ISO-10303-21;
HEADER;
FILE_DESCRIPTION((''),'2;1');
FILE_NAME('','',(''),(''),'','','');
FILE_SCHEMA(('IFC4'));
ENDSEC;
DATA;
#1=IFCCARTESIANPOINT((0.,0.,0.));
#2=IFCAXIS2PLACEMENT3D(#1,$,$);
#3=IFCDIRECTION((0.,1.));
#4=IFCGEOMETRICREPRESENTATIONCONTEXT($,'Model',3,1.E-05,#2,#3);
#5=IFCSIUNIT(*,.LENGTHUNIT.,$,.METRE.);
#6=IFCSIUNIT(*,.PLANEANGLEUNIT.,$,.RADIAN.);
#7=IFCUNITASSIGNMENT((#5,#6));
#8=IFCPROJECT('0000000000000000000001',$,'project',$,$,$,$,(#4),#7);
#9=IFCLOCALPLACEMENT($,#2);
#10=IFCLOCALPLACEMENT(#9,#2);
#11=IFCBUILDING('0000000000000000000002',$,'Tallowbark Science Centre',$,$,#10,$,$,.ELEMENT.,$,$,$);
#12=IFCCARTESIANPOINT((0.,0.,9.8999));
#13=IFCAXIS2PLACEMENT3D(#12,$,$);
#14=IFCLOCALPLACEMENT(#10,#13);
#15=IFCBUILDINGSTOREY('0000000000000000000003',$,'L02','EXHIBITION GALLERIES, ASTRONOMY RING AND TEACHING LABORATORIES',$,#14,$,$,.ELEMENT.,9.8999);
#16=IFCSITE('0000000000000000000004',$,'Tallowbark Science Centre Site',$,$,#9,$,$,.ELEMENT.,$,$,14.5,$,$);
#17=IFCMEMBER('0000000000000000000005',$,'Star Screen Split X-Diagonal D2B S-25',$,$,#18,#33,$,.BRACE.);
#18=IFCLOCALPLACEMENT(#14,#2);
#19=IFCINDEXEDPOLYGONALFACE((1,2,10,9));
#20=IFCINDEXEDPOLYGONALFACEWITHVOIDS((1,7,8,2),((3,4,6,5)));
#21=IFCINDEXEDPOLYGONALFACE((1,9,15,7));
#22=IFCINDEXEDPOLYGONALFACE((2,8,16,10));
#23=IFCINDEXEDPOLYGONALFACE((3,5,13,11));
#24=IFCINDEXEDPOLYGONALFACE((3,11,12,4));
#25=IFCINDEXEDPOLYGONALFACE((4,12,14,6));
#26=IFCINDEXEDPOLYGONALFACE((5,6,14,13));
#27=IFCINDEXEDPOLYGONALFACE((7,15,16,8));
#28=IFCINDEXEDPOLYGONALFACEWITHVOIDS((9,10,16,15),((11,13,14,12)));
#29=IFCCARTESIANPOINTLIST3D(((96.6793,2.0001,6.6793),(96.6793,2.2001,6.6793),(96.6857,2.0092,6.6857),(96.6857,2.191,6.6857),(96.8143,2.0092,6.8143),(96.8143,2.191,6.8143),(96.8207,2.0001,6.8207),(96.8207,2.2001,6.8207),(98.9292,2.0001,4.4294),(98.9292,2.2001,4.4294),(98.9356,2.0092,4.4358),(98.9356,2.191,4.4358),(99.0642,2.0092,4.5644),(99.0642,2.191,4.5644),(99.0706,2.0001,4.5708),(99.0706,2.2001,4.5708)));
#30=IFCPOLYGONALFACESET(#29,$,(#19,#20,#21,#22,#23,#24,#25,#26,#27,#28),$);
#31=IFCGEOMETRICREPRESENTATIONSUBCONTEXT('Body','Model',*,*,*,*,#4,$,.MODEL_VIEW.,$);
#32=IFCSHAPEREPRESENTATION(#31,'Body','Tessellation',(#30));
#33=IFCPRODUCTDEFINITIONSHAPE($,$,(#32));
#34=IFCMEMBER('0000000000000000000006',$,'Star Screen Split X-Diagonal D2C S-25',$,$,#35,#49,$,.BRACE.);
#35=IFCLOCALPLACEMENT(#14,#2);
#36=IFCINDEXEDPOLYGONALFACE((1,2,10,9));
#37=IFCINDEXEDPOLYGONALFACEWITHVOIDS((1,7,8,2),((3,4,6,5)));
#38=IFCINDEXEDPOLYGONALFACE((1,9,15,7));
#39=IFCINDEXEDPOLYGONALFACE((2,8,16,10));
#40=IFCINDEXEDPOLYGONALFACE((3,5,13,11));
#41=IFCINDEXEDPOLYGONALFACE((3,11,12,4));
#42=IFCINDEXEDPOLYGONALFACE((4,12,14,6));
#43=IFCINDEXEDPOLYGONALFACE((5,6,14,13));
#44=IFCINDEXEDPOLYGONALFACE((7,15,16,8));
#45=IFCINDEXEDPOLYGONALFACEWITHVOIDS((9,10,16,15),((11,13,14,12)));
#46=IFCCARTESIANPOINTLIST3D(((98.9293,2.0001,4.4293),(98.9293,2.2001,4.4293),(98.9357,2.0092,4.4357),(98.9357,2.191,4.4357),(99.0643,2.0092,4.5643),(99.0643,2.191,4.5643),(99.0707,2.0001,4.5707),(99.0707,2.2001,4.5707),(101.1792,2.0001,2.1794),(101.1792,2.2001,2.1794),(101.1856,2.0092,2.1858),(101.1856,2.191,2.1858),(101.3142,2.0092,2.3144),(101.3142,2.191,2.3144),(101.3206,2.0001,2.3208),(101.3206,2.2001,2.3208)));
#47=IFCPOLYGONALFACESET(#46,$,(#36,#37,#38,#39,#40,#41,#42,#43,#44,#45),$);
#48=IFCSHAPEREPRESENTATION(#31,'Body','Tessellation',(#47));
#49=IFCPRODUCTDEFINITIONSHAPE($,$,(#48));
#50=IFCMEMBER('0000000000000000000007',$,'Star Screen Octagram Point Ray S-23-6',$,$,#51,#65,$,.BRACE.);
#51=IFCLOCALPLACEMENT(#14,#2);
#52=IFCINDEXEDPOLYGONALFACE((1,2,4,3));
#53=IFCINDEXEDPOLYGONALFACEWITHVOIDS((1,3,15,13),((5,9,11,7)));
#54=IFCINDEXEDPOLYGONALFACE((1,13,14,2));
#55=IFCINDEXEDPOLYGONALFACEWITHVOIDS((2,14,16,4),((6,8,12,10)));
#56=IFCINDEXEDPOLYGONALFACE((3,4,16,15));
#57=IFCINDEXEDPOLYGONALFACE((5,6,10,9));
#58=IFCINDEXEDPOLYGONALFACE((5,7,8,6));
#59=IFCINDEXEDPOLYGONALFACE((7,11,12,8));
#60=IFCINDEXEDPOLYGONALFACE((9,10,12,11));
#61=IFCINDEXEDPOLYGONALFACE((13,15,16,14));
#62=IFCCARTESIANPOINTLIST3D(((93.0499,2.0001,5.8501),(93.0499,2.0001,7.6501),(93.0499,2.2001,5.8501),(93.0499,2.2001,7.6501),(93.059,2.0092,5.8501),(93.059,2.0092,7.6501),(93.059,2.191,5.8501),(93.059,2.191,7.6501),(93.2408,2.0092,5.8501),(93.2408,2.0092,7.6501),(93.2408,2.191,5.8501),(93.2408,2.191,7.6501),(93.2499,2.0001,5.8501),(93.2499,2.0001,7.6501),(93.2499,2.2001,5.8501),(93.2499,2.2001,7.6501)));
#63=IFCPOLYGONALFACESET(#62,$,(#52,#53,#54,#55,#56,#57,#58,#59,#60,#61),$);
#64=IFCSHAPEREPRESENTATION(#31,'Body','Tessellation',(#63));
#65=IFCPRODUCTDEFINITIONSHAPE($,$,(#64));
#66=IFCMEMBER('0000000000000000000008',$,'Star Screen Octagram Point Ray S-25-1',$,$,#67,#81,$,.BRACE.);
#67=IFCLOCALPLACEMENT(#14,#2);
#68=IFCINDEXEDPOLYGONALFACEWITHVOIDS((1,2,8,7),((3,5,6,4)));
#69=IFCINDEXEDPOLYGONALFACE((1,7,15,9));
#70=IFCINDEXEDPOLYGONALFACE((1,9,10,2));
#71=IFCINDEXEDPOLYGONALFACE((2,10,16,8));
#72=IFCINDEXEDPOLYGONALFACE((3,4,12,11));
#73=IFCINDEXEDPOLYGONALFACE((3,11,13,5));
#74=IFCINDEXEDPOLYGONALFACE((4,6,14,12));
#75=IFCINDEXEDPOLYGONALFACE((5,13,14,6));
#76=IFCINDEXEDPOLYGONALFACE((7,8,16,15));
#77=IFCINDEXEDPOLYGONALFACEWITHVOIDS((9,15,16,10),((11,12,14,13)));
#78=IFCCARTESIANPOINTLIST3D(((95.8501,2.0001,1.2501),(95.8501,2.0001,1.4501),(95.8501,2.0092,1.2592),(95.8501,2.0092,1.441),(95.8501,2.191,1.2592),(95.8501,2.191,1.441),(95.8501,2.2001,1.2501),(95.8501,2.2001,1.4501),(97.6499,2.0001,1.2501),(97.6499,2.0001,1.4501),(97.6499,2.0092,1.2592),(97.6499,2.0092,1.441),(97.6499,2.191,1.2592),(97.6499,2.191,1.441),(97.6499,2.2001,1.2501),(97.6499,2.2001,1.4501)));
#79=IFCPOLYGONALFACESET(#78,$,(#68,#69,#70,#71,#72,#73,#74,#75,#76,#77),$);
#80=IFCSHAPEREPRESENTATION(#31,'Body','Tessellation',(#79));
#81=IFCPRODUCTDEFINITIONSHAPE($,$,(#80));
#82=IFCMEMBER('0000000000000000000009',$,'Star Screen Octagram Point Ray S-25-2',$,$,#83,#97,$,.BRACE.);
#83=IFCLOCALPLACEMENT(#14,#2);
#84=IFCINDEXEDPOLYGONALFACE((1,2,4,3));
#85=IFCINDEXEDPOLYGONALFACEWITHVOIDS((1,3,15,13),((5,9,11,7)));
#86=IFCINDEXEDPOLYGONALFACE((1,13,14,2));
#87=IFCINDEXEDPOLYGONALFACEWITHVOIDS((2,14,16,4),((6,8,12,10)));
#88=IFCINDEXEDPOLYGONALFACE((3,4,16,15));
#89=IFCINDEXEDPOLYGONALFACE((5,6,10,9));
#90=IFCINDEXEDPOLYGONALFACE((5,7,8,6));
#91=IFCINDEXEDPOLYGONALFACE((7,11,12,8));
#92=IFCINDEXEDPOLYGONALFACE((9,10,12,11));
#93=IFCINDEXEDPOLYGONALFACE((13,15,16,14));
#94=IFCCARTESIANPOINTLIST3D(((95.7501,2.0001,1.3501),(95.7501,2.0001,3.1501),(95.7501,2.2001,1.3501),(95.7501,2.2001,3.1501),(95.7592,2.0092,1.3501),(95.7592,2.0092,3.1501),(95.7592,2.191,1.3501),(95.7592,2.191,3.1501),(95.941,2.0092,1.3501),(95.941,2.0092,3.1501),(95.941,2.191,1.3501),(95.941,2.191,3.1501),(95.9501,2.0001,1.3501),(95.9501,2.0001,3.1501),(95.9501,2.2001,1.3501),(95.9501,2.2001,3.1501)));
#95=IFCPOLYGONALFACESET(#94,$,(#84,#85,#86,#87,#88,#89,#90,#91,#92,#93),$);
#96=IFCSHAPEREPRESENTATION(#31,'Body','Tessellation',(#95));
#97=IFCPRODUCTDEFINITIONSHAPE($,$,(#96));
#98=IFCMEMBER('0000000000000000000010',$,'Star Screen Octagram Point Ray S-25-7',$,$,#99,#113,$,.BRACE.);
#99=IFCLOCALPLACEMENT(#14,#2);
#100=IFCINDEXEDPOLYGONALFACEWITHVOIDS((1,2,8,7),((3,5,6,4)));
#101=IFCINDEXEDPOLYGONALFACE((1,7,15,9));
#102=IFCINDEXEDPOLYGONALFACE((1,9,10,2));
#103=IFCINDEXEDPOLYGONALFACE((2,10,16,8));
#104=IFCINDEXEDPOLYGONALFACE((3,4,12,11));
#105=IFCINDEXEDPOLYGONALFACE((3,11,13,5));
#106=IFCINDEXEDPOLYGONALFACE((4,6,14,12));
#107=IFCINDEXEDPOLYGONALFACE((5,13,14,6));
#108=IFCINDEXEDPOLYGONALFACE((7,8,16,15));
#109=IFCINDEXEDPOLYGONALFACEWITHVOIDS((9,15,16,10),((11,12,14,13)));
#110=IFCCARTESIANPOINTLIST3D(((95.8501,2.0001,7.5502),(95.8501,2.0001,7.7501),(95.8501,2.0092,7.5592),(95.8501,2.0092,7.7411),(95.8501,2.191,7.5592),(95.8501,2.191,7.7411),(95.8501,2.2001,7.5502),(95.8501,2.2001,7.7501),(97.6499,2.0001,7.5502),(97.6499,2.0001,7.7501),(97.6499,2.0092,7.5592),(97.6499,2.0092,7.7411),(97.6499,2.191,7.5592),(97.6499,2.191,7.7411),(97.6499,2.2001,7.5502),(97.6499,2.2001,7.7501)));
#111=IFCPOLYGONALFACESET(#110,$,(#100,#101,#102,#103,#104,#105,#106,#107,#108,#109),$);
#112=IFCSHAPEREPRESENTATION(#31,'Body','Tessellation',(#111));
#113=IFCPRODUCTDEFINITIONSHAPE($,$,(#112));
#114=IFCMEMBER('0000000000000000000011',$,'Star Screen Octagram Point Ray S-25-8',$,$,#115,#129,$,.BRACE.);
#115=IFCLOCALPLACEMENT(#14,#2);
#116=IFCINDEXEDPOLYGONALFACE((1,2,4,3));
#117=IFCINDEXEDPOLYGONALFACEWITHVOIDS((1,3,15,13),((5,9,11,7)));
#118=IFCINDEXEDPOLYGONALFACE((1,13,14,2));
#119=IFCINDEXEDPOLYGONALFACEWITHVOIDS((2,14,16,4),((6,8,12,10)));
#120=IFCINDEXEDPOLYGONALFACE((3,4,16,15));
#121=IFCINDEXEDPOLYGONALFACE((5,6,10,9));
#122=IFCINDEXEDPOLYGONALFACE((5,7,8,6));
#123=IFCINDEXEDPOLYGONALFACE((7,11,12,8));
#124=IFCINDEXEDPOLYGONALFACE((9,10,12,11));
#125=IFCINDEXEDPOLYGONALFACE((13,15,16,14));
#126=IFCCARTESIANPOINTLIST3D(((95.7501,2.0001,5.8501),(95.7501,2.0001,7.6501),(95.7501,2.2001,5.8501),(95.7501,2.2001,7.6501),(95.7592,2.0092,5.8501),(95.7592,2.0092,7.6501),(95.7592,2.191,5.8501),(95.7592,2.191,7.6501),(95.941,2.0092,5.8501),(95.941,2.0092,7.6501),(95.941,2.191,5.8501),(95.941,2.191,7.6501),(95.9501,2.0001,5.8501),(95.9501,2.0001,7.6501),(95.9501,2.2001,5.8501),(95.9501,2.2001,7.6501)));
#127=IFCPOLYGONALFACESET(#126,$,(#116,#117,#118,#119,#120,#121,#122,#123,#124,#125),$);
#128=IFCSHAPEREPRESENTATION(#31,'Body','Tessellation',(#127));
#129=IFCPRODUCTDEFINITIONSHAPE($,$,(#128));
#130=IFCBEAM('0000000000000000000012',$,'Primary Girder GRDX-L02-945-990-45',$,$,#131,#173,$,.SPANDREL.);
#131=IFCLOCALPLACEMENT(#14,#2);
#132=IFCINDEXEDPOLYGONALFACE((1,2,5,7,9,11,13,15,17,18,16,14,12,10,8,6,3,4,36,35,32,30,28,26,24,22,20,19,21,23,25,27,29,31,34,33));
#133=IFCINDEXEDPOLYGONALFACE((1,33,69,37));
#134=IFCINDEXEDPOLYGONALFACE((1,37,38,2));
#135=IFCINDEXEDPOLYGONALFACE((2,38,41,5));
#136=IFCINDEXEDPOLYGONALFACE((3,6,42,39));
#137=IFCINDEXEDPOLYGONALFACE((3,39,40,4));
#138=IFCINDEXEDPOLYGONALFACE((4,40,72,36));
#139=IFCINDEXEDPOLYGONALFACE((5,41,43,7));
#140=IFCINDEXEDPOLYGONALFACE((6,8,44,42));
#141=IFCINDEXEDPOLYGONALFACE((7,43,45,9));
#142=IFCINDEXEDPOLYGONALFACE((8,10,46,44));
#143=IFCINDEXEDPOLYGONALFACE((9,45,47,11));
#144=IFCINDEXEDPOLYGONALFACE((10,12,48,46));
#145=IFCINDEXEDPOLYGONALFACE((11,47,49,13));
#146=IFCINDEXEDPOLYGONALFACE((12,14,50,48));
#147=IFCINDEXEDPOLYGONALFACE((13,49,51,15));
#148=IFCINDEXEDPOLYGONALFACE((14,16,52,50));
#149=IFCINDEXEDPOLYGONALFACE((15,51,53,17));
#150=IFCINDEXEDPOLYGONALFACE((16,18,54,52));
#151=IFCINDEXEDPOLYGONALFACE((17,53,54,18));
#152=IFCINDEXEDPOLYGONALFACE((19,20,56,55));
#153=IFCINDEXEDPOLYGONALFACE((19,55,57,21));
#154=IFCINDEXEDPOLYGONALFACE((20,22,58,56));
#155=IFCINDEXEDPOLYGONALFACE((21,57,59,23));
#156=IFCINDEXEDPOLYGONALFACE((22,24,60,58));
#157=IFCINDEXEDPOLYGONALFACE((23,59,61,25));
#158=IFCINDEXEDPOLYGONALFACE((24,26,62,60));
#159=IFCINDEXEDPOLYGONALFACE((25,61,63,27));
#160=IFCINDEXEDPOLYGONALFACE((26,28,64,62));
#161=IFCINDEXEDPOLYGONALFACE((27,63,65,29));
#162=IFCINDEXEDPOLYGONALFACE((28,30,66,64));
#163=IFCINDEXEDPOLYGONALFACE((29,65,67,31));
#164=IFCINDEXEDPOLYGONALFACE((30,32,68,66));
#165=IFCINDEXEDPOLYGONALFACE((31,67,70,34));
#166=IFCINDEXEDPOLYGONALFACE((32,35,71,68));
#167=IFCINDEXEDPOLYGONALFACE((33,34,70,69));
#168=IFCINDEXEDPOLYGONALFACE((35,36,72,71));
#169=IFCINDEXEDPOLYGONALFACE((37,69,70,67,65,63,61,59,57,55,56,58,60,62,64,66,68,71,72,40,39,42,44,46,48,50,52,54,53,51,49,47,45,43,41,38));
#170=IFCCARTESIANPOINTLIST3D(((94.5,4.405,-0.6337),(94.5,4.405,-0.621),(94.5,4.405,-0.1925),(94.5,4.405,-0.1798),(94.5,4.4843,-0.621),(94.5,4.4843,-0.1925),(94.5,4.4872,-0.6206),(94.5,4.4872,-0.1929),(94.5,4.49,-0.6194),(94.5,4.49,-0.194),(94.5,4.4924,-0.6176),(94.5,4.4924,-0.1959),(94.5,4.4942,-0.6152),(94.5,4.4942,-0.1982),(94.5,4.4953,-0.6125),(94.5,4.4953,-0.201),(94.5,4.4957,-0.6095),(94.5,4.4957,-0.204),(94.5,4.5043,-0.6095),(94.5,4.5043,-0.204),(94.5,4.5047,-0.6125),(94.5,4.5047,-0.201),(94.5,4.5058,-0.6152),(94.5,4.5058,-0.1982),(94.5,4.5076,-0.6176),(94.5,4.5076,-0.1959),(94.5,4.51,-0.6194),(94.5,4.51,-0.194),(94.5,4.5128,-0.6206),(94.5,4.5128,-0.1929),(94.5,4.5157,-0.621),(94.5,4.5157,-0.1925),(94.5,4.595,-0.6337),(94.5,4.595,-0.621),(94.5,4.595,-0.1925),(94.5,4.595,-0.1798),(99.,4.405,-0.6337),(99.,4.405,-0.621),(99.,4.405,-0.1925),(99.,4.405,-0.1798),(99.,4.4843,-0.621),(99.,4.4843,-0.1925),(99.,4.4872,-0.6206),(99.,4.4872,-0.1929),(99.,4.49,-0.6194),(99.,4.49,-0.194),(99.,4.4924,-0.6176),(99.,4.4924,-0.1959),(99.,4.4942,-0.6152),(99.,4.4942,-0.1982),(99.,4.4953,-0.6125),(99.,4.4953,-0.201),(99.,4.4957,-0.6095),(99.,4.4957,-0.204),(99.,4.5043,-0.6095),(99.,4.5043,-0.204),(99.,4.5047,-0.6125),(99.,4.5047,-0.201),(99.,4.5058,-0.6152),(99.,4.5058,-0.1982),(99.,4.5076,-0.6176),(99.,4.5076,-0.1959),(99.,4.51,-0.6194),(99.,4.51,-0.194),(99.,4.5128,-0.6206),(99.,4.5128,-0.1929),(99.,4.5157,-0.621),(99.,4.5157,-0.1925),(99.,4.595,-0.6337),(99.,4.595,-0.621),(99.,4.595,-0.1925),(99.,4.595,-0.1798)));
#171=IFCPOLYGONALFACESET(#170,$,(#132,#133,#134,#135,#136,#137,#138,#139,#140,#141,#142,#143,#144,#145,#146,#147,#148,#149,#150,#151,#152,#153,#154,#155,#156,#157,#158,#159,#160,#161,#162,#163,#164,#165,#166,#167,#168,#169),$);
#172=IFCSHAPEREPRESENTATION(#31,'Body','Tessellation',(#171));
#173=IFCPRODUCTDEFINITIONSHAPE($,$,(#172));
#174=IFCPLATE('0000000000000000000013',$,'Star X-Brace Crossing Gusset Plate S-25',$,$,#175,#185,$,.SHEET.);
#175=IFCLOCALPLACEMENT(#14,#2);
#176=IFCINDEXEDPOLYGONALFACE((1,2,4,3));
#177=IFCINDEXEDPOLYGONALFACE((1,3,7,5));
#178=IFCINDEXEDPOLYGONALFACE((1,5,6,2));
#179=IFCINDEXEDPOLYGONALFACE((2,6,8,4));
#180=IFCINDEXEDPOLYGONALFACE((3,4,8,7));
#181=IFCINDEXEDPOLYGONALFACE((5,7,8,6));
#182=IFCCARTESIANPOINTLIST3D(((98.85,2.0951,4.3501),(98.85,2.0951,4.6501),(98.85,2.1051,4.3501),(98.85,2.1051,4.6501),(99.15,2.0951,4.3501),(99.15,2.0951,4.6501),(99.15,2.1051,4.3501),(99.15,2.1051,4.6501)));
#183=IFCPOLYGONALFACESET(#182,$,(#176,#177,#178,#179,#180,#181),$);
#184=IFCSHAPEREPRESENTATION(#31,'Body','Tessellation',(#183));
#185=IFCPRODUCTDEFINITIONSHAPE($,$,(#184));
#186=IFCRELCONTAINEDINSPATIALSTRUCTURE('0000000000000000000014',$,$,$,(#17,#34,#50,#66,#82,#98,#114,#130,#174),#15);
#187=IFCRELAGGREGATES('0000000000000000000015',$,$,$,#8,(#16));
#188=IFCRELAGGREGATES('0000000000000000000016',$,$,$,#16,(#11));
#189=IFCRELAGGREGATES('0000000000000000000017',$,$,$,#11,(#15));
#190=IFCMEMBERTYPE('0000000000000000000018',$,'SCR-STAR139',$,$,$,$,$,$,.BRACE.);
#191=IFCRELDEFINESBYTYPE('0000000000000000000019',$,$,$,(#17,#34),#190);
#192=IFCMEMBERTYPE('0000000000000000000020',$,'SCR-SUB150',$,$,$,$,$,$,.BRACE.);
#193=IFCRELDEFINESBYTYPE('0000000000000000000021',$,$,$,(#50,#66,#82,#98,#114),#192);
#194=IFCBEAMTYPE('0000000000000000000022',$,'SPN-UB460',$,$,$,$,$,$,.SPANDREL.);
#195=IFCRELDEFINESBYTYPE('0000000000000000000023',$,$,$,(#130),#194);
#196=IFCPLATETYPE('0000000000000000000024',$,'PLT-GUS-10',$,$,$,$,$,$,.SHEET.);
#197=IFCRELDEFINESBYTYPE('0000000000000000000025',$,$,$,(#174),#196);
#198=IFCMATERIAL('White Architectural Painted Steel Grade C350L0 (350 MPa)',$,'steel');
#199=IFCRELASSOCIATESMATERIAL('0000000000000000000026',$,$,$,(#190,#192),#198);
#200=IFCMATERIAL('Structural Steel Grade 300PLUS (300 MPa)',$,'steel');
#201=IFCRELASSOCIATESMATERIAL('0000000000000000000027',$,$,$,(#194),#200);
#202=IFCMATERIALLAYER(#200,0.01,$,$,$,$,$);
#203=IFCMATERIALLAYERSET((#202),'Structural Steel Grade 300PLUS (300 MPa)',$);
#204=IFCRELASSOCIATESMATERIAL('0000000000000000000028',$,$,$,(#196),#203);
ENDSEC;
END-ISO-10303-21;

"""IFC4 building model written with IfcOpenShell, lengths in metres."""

from ifc_helpers import new_model, si_unit, direction, frame, origin, origin_2d, place, context, subcontext, project, spatial, rectangle, hollow_rectangle, i_section, extrude, material, layer, layer_set, material_profile, profile_set, type_object, element, save


model = new_model("IFC4")

# Units and contexts
model_context = context("Model", 3, precision=1e-05, world=origin(), true_north=direction((0.0, 1.0)))
body_context = subcontext(model_context, "Body", "Model", "MODEL_VIEW")
ifc_project = project(units=[si_unit("LENGTHUNIT", "METRE"), si_unit("PLANEANGLEUNIT", "RADIAN")], contexts=[model_context])

# Site, building, storey
site_placement = place(None, origin())
site = spatial("IfcSite", under=ifc_project, at=site_placement, Name="Tallowbark Science Centre Site", CompositionType="ELEMENT", RefElevation=14.5)
building_placement = place(site_placement, origin())
building = spatial("IfcBuilding", under=site, at=building_placement, Name="Tallowbark Science Centre", CompositionType="ELEMENT")
storey_placement = place(building_placement, frame((0.0, 0.0, 9.8999)))
storey = spatial("IfcBuildingStorey", under=building, at=storey_placement, Name="L02", Description="EXHIBITION GALLERIES, ASTRONOMY RING AND TEACHING LABORATORIES", CompositionType="ELEMENT", Elevation=9.8999)

# Shared definitions
ifc_material_1 = material(Name="White Architectural Painted Steel Grade C350L0 (350 MPa)", Category="steel")
ifc_material_2 = material(Name="Structural Steel Grade 300PLUS (300 MPa)", Category="steel")

# Members
ifc_material_profile_1 = material_profile(ifc_material_1, hollow_rectangle(XDim=0.2, YDim=0.2, WallThickness=0.009, at=origin_2d()), Name="200x200x9.0SHS")
ifc_profile_set_1 = profile_set([ifc_material_profile_1], Name="White Architectural Painted Steel Grade C350L0 (350 MPa)")
member_type_1 = type_object("IfcMemberType", Name="SCR-STAR139", PredefinedType="BRACE", material=ifc_profile_set_1)
for number, where, z_axis, x_axis, name in (
    (1, (96.75, 2.1001, 6.75), (0.707107, 0.0, -0.707107), (0.0, 1.0, 0.0), "Star Screen Split X-Diagonal D2B S-25"),
    (2, (99.0, 2.1001, 4.5), (0.707107, 0.0, -0.707107), (0.0, 1.0, 0.0), "Star Screen Split X-Diagonal D2C S-25"),
):
    element("IfcMember", number, at=place(storey_placement, frame(where, z_axis=z_axis, x_axis=x_axis)), inside=storey, type_object=member_type_1, Name=name, PredefinedType="BRACE", context=body_context, shape_type="SweptSolid", body=[
        extrude(hollow_rectangle(XDim=0.2, YDim=0.2, WallThickness=0.009, at=origin_2d()), origin(), (0.0, 0.0, 1.0), 3.1819),
    ])
ifc_material_profile_2 = material_profile(ifc_material_1, hollow_rectangle(XDim=0.2, YDim=0.2, WallThickness=0.009, at=origin_2d()), Name="200x200x9.0SHS")
ifc_profile_set_2 = profile_set([ifc_material_profile_2], Name="White Architectural Painted Steel Grade C350L0 (350 MPa)")
member_type_2 = type_object("IfcMemberType", Name="SCR-SUB150", PredefinedType="BRACE", material=ifc_profile_set_2)
member_1_placement = place(storey_placement, frame((93.1499, 2.1001, 7.6501), z_axis=(0.0, 0.0, -1.0), x_axis=(1.0, 0.0, 0.0)))
element("IfcMember", 3, at=member_1_placement, inside=storey, type_object=member_type_2, Name="Star Screen Octagram Point Ray S-23-6", PredefinedType="BRACE", context=body_context, shape_type="SweptSolid", body=[
    extrude(hollow_rectangle(XDim=0.2, YDim=0.2, WallThickness=0.009, at=origin_2d()), origin(), (0.0, 0.0, 1.0), 1.8),
])
member_2_placement = place(storey_placement, frame((95.8501, 2.1001, 1.3501), z_axis=(1.0, 0.0, 0.0), x_axis=(0.0, 1.0, 0.0)))
element("IfcMember", 4, at=member_2_placement, inside=storey, type_object=member_type_2, Name="Star Screen Octagram Point Ray S-25-1", PredefinedType="BRACE", context=body_context, shape_type="SweptSolid", body=[
    extrude(hollow_rectangle(XDim=0.2, YDim=0.2, WallThickness=0.009, at=origin_2d()), origin(), (0.0, 0.0, 1.0), 1.7998),
])
member_3_placement = place(storey_placement, frame((95.8501, 2.1001, 1.3501), z_axis=(0.0, 0.0, 1.0), x_axis=(1.0, 0.0, 0.0)))
element("IfcMember", 5, at=member_3_placement, inside=storey, type_object=member_type_2, Name="Star Screen Octagram Point Ray S-25-2", PredefinedType="BRACE", context=body_context, shape_type="SweptSolid", body=[
    extrude(hollow_rectangle(XDim=0.2, YDim=0.2, WallThickness=0.009, at=origin_2d()), origin(), (0.0, 0.0, 1.0), 1.8),
])
member_4_placement = place(storey_placement, frame((95.8501, 2.1001, 7.6501), z_axis=(1.0, 0.0, 0.0), x_axis=(0.0, 1.0, 0.0)))
element("IfcMember", 6, at=member_4_placement, inside=storey, type_object=member_type_2, Name="Star Screen Octagram Point Ray S-25-7", PredefinedType="BRACE", context=body_context, shape_type="SweptSolid", body=[
    extrude(hollow_rectangle(XDim=0.2, YDim=0.2, WallThickness=0.009, at=origin_2d()), origin(), (0.0, 0.0, 1.0), 1.7998),
])
member_5_placement = place(storey_placement, frame((95.8501, 2.1001, 7.6501), z_axis=(0.0, 0.0, -1.0), x_axis=(1.0, 0.0, 0.0)))
element("IfcMember", 7, at=member_5_placement, inside=storey, type_object=member_type_2, Name="Star Screen Octagram Point Ray S-25-8", PredefinedType="BRACE", context=body_context, shape_type="SweptSolid", body=[
    extrude(hollow_rectangle(XDim=0.2, YDim=0.2, WallThickness=0.009, at=origin_2d()), origin(), (0.0, 0.0, 1.0), 1.8),
])

# Beam
ifc_material_profile_3 = material_profile(ifc_material_2, i_section(OverallWidth=0.1899, OverallDepth=0.4539, WebThickness=0.0085, FlangeThickness=0.0127, FilletRadius=0.0115, at=origin_2d()), Name="460UB67.1")
ifc_profile_set_3 = profile_set([ifc_material_profile_3], Name="Structural Steel Grade 300PLUS (300 MPa)")
beam_type_1 = type_object("IfcBeamType", Name="SPN-UB460", PredefinedType="SPANDREL", material=ifc_profile_set_3)
beam_1_placement = place(storey_placement, frame((94.5, 4.5, -0.4067), z_axis=(1.0, 0.0, 0.0), x_axis=(0.0, 1.0, 0.0)))
element("IfcBeam", 8, at=beam_1_placement, inside=storey, type_object=beam_type_1, Name="Primary Girder GRDX-L02-945-990-45", PredefinedType="SPANDREL", context=body_context, shape_type="SweptSolid", body=[
    extrude(i_section(OverallWidth=0.1899, OverallDepth=0.4539, WebThickness=0.0085, FlangeThickness=0.0127, FilletRadius=0.0115, at=origin_2d()), origin(), (0.0, 0.0, 1.0), 4.5),
])

# Plate
ifc_layer_1 = layer(ifc_material_2, 0.01)
ifc_layer_set_1 = layer_set([ifc_layer_1], Name="Structural Steel Grade 300PLUS (300 MPa)")
plate_type = type_object("IfcPlateType", Name="PLT-GUS-10", PredefinedType="SHEET", material=ifc_layer_set_1)
plate_placement = place(storey_placement, frame((99.0, 2.1001, 4.3501), z_axis=(0.0, 0.0, 1.0), x_axis=(1.0, 0.0, 0.0)))
element("IfcPlate", 9, at=plate_placement, inside=storey, type_object=plate_type, Name="Star X-Brace Crossing Gusset Plate S-25", PredefinedType="SHEET", context=body_context, shape_type="SweptSolid", body=[
    extrude(rectangle(XDim=0.3, YDim=0.01, at=origin_2d()), origin(), (0.0, 0.0, 1.0), 0.3),
])

save(model, "model.ifc")
